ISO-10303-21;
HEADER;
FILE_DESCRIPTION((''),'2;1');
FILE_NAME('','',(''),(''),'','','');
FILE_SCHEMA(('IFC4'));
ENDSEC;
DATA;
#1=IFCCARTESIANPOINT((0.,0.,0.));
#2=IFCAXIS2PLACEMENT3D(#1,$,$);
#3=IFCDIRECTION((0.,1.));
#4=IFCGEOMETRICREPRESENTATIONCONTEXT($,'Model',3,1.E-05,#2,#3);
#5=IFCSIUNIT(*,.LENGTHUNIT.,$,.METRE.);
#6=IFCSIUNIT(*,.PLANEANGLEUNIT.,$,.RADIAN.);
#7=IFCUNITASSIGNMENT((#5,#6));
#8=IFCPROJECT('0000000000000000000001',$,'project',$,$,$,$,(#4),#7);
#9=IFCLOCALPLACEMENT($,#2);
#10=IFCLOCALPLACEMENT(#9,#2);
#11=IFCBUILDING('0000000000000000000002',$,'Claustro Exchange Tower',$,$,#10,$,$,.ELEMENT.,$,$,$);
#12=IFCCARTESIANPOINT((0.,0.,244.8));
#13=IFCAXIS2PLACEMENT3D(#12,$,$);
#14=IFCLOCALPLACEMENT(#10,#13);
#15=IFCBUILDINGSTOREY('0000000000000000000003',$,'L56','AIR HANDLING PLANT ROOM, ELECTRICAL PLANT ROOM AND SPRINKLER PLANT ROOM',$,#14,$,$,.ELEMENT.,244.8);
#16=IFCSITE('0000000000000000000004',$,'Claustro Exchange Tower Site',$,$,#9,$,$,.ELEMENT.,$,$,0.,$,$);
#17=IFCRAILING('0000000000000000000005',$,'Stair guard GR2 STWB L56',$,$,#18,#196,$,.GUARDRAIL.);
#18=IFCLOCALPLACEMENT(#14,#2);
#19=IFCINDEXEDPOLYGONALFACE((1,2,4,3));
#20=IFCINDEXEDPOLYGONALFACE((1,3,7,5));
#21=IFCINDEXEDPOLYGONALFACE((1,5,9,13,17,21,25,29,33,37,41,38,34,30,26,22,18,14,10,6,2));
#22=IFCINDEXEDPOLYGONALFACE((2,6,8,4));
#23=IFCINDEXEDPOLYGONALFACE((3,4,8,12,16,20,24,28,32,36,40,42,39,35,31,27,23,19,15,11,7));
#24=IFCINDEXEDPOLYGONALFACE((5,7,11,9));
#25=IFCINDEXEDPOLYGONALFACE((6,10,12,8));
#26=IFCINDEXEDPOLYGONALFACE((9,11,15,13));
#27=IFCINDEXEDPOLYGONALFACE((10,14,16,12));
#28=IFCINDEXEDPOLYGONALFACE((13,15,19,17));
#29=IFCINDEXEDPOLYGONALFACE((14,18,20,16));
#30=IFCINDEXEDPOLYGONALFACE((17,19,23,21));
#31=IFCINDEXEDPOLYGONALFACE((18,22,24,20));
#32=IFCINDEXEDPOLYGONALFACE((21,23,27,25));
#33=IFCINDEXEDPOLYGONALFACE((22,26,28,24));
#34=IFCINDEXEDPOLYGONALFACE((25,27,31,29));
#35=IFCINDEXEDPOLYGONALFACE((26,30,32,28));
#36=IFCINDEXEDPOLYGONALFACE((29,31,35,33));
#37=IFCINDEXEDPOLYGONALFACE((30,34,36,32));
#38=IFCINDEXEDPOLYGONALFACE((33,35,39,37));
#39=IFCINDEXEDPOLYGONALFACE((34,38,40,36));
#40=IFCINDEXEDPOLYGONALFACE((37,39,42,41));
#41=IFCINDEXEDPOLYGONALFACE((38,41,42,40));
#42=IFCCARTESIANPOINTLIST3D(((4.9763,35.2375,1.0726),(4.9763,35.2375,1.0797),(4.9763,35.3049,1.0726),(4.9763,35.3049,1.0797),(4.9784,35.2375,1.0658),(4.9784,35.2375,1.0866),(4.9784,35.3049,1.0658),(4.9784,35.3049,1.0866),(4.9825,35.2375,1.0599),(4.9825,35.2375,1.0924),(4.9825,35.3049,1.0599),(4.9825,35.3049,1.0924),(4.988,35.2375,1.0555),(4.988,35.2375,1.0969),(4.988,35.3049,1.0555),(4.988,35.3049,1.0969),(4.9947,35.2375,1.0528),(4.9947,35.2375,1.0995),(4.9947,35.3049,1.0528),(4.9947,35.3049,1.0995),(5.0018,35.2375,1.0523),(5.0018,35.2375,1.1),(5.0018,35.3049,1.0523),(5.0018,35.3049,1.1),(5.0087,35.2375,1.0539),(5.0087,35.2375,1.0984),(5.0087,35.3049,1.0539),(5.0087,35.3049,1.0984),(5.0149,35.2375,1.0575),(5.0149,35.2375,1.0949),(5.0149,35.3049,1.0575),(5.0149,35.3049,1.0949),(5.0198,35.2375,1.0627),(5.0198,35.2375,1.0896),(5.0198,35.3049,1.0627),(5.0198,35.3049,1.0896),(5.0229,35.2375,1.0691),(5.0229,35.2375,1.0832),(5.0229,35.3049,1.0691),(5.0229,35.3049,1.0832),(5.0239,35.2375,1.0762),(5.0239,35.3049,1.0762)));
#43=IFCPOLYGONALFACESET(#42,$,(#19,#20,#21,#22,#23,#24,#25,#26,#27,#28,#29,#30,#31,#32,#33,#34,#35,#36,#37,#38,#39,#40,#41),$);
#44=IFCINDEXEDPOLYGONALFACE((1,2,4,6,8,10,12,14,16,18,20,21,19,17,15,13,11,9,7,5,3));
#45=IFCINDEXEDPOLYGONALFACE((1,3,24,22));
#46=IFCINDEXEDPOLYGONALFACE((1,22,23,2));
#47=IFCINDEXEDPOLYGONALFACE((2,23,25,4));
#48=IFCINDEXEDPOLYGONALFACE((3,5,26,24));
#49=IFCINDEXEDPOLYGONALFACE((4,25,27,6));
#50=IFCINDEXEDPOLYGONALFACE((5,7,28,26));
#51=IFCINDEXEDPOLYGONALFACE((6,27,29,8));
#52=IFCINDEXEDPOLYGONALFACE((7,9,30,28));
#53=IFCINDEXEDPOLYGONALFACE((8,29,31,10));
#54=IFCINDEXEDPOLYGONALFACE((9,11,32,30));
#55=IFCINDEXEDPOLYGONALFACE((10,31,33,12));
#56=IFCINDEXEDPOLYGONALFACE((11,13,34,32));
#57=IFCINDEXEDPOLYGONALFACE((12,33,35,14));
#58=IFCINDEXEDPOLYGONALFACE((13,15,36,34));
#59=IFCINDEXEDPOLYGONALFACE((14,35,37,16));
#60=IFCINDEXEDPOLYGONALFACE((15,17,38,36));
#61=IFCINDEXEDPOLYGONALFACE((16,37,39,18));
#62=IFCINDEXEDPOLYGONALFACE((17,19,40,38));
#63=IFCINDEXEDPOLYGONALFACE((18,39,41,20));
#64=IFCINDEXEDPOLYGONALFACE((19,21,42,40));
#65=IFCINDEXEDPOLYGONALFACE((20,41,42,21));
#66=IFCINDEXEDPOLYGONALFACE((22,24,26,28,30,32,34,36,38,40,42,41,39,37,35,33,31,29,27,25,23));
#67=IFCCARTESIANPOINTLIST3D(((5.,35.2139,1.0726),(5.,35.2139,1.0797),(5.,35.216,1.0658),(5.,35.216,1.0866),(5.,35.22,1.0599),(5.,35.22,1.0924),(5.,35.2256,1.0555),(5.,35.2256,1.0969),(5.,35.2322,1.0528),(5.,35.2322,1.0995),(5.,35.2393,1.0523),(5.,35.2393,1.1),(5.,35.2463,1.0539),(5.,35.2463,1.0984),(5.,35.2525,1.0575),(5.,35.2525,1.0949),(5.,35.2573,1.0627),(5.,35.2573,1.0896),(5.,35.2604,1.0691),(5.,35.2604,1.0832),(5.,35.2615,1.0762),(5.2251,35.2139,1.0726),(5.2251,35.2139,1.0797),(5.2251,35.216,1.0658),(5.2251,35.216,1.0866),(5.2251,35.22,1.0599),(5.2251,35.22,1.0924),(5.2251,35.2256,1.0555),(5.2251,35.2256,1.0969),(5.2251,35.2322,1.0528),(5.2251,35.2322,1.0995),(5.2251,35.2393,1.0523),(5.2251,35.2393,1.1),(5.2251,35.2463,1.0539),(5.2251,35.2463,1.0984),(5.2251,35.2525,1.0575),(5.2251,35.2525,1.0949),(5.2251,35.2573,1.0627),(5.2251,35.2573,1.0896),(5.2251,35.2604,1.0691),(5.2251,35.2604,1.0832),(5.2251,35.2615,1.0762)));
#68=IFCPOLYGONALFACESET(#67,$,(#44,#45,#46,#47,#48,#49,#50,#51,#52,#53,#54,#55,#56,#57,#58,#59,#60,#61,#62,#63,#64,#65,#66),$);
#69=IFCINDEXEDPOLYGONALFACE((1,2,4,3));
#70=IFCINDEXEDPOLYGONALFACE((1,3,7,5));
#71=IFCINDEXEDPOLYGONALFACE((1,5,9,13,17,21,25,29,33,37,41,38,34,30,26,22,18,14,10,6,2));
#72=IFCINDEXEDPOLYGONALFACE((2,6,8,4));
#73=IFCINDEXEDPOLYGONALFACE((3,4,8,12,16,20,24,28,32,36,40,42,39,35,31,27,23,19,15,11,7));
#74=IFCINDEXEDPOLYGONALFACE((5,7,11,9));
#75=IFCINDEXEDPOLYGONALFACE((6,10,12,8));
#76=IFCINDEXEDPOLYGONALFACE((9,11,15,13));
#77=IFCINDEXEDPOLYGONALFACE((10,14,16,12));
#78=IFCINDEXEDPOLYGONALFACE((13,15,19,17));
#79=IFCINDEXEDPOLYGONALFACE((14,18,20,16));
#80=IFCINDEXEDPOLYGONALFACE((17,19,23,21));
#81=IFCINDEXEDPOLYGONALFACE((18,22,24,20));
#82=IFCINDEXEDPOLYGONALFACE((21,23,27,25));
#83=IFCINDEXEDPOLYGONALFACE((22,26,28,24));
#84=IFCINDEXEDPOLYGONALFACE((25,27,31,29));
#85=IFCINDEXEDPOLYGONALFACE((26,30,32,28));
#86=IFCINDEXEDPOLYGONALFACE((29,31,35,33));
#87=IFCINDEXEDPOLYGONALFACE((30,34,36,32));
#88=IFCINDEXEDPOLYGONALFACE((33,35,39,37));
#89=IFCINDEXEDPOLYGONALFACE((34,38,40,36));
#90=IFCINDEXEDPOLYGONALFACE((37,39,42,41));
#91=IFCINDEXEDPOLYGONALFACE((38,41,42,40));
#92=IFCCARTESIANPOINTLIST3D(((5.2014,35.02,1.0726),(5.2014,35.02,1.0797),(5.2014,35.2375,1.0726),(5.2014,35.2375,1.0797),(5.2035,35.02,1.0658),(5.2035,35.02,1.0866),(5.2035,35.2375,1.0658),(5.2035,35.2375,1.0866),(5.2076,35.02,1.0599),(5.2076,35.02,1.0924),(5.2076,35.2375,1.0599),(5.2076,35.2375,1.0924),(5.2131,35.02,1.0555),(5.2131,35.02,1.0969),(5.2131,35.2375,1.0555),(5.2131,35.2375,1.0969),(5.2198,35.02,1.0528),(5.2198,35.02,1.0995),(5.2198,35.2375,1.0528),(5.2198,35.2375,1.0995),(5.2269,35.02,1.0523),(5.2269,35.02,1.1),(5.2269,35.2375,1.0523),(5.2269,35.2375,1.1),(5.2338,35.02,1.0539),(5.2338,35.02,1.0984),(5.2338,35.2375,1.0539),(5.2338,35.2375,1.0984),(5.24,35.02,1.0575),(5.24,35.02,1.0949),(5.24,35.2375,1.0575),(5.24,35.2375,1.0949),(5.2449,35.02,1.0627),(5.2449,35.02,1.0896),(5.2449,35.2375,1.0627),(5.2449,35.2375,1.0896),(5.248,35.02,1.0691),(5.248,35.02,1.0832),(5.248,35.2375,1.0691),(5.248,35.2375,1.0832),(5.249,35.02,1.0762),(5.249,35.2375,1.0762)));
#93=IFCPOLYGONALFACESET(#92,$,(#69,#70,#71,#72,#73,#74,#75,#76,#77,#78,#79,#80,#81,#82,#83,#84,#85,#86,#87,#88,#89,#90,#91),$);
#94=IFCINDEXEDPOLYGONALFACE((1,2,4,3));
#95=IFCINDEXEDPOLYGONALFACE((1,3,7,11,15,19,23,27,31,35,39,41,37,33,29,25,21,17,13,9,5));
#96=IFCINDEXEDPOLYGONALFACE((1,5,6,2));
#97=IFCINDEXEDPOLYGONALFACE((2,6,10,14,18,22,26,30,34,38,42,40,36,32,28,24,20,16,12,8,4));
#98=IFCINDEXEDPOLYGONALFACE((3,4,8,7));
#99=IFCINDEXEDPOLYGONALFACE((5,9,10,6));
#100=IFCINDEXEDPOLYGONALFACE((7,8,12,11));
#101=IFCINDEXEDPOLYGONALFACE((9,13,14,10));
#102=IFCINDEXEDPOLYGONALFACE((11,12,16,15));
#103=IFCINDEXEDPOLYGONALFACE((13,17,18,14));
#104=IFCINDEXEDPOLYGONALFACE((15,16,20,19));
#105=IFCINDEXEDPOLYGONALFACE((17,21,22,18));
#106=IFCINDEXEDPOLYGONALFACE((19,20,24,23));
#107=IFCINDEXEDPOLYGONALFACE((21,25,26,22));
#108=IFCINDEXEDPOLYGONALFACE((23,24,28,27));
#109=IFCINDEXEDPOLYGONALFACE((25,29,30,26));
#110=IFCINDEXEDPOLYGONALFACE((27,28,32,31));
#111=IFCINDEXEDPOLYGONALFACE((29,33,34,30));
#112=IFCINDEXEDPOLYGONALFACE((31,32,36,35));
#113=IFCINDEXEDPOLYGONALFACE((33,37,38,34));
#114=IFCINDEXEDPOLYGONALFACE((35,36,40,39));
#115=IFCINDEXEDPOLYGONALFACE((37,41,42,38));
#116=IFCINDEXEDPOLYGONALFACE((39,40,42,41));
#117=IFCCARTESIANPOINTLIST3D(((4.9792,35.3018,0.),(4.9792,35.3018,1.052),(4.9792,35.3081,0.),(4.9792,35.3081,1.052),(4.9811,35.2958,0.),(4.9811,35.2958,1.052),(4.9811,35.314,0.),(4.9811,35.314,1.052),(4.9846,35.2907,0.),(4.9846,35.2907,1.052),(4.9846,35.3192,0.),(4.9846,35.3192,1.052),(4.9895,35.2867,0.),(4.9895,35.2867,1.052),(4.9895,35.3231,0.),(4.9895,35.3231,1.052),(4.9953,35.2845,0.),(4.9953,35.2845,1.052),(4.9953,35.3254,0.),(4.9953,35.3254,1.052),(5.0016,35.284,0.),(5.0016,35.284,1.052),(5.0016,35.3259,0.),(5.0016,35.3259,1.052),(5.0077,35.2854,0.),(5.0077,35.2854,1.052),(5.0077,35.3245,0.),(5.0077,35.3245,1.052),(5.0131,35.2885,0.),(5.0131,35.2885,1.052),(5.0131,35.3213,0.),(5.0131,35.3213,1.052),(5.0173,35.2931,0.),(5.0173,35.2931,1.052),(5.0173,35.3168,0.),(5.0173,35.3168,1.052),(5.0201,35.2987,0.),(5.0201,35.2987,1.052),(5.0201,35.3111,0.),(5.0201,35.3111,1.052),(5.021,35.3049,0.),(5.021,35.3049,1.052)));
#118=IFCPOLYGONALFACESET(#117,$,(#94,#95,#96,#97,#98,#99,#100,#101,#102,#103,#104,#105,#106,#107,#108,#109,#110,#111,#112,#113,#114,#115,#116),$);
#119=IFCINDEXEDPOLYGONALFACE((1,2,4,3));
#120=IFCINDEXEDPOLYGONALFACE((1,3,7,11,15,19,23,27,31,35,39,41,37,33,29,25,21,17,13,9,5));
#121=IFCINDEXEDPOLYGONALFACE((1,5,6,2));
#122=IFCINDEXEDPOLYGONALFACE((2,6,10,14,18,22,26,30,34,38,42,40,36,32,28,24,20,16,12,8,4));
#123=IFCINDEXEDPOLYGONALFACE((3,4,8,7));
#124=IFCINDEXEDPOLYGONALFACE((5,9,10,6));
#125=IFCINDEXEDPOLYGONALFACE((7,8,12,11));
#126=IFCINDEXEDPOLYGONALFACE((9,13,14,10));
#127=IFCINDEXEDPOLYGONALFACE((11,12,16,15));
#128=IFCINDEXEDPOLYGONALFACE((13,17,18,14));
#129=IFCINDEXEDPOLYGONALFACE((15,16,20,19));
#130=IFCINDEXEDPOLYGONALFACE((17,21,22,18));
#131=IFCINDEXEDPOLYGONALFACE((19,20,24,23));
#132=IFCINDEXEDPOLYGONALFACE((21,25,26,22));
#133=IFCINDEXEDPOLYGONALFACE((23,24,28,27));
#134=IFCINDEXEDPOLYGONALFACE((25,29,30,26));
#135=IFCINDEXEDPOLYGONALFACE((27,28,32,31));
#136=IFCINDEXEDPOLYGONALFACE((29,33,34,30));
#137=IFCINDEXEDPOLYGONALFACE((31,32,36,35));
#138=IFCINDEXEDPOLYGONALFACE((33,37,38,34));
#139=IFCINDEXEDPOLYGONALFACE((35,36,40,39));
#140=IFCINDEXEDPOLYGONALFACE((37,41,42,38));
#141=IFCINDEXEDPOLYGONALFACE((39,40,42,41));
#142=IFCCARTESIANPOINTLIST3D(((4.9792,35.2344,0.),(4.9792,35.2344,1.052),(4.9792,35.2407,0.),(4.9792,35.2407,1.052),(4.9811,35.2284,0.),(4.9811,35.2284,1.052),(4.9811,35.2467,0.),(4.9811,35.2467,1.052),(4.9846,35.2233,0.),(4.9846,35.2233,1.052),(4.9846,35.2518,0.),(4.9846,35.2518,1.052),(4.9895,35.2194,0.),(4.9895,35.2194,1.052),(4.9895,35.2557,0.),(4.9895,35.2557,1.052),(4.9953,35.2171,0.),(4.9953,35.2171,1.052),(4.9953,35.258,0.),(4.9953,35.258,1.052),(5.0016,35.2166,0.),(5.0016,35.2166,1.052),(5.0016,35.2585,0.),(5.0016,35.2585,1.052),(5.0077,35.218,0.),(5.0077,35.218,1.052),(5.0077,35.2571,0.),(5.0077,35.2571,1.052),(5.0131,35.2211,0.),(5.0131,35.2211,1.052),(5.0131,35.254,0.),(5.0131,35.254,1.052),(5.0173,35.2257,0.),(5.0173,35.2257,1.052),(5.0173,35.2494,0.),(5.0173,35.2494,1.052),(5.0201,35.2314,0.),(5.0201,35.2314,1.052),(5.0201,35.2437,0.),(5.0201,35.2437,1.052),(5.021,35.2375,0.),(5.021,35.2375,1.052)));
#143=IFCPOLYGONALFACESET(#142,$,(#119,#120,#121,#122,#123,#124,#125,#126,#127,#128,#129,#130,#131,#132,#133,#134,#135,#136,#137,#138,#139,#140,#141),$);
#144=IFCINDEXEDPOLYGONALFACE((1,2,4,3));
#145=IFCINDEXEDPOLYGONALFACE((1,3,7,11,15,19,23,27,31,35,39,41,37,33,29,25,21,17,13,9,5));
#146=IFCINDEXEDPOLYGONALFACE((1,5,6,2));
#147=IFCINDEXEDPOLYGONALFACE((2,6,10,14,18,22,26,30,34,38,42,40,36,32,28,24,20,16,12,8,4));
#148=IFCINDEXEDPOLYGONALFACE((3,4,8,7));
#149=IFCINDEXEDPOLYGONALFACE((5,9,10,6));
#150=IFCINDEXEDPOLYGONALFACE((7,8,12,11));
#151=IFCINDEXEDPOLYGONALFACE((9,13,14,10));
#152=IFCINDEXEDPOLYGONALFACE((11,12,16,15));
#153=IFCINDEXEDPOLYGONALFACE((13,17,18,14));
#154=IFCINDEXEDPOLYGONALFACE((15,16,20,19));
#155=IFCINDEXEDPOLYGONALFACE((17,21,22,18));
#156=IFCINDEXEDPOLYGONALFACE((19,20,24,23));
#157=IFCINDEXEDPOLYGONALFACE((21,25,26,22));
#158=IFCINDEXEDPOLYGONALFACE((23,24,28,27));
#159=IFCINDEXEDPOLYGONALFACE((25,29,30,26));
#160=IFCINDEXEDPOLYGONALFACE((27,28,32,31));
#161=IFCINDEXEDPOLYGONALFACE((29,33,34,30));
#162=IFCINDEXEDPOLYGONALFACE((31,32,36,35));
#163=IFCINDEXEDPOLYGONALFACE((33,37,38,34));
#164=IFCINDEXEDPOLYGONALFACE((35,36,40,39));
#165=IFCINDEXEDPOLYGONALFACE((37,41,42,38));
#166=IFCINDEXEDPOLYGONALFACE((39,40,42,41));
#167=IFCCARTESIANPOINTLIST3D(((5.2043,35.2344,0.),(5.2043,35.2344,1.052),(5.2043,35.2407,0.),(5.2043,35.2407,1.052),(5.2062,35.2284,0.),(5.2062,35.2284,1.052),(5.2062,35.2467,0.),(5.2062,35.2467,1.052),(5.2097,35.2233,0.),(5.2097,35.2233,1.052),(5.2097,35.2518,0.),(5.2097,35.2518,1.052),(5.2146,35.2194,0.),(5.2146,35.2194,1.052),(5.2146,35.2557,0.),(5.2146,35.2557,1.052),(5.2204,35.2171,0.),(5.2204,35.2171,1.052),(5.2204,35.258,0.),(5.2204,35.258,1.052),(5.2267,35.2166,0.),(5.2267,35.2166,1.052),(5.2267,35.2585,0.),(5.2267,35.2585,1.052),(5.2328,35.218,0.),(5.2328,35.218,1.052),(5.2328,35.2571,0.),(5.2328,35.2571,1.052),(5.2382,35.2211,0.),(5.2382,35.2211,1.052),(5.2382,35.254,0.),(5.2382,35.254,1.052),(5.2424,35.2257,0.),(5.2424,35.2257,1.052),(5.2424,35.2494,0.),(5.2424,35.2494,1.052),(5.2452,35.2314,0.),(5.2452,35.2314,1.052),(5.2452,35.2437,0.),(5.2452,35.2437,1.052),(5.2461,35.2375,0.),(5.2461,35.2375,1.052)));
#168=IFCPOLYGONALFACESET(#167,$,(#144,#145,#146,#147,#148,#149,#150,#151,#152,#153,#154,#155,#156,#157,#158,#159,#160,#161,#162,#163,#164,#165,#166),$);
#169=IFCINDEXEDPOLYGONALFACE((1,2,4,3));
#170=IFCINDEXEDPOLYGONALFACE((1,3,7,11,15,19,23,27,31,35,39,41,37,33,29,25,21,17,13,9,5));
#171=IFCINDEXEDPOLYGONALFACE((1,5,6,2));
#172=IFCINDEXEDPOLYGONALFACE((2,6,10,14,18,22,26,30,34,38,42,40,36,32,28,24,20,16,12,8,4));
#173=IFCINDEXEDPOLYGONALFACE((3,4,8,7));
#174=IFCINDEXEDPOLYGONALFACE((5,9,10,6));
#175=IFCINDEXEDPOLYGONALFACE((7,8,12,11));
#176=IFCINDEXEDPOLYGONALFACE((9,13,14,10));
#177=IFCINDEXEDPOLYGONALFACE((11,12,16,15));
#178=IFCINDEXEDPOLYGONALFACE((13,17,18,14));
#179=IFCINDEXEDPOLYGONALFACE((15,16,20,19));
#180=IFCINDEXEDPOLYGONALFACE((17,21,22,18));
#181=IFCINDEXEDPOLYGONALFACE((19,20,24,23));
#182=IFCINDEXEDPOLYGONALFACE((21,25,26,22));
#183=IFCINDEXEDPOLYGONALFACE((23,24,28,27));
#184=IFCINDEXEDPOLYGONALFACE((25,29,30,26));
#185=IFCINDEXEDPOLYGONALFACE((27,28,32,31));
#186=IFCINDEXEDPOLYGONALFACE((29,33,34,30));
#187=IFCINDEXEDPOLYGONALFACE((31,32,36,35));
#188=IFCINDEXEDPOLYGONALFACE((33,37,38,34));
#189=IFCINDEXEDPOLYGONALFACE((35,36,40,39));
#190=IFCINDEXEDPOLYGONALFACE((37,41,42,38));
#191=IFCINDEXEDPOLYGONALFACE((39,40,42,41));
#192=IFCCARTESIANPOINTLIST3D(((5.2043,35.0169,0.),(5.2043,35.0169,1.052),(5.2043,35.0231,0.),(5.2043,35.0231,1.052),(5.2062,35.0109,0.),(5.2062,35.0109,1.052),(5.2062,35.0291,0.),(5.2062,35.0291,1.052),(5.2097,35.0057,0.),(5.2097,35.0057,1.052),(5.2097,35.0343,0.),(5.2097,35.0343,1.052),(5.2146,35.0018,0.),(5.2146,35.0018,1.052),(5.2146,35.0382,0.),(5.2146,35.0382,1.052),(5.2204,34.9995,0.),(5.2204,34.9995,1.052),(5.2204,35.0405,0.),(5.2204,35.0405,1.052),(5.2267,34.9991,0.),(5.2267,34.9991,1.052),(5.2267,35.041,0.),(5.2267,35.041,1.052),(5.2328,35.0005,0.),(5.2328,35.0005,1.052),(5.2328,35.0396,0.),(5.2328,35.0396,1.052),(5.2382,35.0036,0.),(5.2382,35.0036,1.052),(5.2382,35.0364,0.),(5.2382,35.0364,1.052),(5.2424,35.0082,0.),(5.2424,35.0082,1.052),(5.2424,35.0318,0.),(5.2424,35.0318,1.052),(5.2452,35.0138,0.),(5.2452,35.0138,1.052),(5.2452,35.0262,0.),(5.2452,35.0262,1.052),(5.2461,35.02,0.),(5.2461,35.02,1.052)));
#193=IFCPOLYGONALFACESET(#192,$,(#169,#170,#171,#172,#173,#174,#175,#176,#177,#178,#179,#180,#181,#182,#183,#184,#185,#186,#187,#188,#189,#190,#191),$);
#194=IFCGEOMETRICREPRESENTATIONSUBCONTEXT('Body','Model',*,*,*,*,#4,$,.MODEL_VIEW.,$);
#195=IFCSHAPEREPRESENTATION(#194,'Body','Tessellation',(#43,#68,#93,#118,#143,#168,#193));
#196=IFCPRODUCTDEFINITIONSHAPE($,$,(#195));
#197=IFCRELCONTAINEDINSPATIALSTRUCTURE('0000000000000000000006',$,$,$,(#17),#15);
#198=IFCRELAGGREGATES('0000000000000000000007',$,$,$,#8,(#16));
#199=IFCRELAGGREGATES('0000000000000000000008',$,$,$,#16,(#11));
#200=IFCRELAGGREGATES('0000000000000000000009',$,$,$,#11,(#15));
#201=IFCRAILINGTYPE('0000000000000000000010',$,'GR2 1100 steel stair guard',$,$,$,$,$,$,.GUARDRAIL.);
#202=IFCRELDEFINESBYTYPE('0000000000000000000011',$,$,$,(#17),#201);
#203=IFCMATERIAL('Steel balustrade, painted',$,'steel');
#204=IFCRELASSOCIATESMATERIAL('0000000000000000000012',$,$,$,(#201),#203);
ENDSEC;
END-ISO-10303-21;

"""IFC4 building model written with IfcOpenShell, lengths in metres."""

from ifc_helpers import new_model, si_unit, direction, frame, origin, origin_2d, place, context, subcontext, project, spatial, circle, extrude, material, type_object, element, save


model = new_model("IFC4")

# Units and contexts
model_context = context("Model", 3, precision=1e-05, world=origin(), true_north=direction((0.0, 1.0)))
body_context = subcontext(model_context, "Body", "Model", "MODEL_VIEW")
ifc_project = project(units=[si_unit("LENGTHUNIT", "METRE"), si_unit("PLANEANGLEUNIT", "RADIAN")], contexts=[model_context])

# Site, building, storey
site_placement = place(None, origin())
site = spatial("IfcSite", under=ifc_project, at=site_placement, Name="Claustro Exchange Tower Site", CompositionType="ELEMENT", RefElevation=0.0)
building_placement = place(site_placement, origin())
building = spatial("IfcBuilding", under=site, at=building_placement, Name="Claustro Exchange Tower", CompositionType="ELEMENT")
storey_placement = place(building_placement, frame((0.0, 0.0, 244.8)))
storey = spatial("IfcBuildingStorey", under=building, at=storey_placement, Name="L56", Description="AIR HANDLING PLANT ROOM, ELECTRICAL PLANT ROOM AND SPRINKLER PLANT ROOM", CompositionType="ELEMENT", Elevation=244.8)

# Railing
ifc_material_1 = material(Name="Steel balustrade, painted", Category="steel")
railing_type_1 = type_object("IfcRailingType", Name="GR2 1100 steel stair guard", PredefinedType="GUARDRAIL", material=ifc_material_1)
railing_1_placement = place(storey_placement, frame((5.0, 35.3049, 0.0)))
element("IfcRailing", 1, at=railing_1_placement, inside=storey, type_object=railing_type_1, Name="Stair guard GR2 STWB L56", PredefinedType="GUARDRAIL", context=body_context, shape_type="SweptSolid", body=[
    extrude(circle(Radius=0.0239, at=origin_2d()), frame((0.0, 0.0, 1.0762), z_axis=(0.0, -1.0, 0.0), x_axis=(1.0, 0.0, 0.0)), (0.0, 0.0, 1.0), 0.0674),
    extrude(circle(Radius=0.0239, at=origin_2d()), frame((0.0, -0.0674, 1.0762), z_axis=(1.0, 0.0, 0.0), x_axis=(0.0, 1.0, 0.0)), (0.0, 0.0, 1.0), 0.2251),
    extrude(circle(Radius=0.0239, at=origin_2d()), frame((0.2251, -0.0674, 1.0762), z_axis=(0.0, -1.0, 0.0), x_axis=(1.0, 0.0, 0.0)), (0.0, 0.0, 1.0), 0.2175),
    extrude(circle(Radius=0.021, at=origin_2d()), origin(), (0.0, 0.0, 1.0), 1.052),
    extrude(circle(Radius=0.021, at=origin_2d()), frame((0.0, -0.0674, 0.0)), (0.0, 0.0, 1.0), 1.052),
    extrude(circle(Radius=0.021, at=origin_2d()), frame((0.2251, -0.0674, 0.0)), (0.0, 0.0, 1.0), 1.052),
    extrude(circle(Radius=0.021, at=origin_2d()), frame((0.2251, -0.2849, 0.0)), (0.0, 0.0, 1.0), 1.052),
])

save(model, "model.ifc")
